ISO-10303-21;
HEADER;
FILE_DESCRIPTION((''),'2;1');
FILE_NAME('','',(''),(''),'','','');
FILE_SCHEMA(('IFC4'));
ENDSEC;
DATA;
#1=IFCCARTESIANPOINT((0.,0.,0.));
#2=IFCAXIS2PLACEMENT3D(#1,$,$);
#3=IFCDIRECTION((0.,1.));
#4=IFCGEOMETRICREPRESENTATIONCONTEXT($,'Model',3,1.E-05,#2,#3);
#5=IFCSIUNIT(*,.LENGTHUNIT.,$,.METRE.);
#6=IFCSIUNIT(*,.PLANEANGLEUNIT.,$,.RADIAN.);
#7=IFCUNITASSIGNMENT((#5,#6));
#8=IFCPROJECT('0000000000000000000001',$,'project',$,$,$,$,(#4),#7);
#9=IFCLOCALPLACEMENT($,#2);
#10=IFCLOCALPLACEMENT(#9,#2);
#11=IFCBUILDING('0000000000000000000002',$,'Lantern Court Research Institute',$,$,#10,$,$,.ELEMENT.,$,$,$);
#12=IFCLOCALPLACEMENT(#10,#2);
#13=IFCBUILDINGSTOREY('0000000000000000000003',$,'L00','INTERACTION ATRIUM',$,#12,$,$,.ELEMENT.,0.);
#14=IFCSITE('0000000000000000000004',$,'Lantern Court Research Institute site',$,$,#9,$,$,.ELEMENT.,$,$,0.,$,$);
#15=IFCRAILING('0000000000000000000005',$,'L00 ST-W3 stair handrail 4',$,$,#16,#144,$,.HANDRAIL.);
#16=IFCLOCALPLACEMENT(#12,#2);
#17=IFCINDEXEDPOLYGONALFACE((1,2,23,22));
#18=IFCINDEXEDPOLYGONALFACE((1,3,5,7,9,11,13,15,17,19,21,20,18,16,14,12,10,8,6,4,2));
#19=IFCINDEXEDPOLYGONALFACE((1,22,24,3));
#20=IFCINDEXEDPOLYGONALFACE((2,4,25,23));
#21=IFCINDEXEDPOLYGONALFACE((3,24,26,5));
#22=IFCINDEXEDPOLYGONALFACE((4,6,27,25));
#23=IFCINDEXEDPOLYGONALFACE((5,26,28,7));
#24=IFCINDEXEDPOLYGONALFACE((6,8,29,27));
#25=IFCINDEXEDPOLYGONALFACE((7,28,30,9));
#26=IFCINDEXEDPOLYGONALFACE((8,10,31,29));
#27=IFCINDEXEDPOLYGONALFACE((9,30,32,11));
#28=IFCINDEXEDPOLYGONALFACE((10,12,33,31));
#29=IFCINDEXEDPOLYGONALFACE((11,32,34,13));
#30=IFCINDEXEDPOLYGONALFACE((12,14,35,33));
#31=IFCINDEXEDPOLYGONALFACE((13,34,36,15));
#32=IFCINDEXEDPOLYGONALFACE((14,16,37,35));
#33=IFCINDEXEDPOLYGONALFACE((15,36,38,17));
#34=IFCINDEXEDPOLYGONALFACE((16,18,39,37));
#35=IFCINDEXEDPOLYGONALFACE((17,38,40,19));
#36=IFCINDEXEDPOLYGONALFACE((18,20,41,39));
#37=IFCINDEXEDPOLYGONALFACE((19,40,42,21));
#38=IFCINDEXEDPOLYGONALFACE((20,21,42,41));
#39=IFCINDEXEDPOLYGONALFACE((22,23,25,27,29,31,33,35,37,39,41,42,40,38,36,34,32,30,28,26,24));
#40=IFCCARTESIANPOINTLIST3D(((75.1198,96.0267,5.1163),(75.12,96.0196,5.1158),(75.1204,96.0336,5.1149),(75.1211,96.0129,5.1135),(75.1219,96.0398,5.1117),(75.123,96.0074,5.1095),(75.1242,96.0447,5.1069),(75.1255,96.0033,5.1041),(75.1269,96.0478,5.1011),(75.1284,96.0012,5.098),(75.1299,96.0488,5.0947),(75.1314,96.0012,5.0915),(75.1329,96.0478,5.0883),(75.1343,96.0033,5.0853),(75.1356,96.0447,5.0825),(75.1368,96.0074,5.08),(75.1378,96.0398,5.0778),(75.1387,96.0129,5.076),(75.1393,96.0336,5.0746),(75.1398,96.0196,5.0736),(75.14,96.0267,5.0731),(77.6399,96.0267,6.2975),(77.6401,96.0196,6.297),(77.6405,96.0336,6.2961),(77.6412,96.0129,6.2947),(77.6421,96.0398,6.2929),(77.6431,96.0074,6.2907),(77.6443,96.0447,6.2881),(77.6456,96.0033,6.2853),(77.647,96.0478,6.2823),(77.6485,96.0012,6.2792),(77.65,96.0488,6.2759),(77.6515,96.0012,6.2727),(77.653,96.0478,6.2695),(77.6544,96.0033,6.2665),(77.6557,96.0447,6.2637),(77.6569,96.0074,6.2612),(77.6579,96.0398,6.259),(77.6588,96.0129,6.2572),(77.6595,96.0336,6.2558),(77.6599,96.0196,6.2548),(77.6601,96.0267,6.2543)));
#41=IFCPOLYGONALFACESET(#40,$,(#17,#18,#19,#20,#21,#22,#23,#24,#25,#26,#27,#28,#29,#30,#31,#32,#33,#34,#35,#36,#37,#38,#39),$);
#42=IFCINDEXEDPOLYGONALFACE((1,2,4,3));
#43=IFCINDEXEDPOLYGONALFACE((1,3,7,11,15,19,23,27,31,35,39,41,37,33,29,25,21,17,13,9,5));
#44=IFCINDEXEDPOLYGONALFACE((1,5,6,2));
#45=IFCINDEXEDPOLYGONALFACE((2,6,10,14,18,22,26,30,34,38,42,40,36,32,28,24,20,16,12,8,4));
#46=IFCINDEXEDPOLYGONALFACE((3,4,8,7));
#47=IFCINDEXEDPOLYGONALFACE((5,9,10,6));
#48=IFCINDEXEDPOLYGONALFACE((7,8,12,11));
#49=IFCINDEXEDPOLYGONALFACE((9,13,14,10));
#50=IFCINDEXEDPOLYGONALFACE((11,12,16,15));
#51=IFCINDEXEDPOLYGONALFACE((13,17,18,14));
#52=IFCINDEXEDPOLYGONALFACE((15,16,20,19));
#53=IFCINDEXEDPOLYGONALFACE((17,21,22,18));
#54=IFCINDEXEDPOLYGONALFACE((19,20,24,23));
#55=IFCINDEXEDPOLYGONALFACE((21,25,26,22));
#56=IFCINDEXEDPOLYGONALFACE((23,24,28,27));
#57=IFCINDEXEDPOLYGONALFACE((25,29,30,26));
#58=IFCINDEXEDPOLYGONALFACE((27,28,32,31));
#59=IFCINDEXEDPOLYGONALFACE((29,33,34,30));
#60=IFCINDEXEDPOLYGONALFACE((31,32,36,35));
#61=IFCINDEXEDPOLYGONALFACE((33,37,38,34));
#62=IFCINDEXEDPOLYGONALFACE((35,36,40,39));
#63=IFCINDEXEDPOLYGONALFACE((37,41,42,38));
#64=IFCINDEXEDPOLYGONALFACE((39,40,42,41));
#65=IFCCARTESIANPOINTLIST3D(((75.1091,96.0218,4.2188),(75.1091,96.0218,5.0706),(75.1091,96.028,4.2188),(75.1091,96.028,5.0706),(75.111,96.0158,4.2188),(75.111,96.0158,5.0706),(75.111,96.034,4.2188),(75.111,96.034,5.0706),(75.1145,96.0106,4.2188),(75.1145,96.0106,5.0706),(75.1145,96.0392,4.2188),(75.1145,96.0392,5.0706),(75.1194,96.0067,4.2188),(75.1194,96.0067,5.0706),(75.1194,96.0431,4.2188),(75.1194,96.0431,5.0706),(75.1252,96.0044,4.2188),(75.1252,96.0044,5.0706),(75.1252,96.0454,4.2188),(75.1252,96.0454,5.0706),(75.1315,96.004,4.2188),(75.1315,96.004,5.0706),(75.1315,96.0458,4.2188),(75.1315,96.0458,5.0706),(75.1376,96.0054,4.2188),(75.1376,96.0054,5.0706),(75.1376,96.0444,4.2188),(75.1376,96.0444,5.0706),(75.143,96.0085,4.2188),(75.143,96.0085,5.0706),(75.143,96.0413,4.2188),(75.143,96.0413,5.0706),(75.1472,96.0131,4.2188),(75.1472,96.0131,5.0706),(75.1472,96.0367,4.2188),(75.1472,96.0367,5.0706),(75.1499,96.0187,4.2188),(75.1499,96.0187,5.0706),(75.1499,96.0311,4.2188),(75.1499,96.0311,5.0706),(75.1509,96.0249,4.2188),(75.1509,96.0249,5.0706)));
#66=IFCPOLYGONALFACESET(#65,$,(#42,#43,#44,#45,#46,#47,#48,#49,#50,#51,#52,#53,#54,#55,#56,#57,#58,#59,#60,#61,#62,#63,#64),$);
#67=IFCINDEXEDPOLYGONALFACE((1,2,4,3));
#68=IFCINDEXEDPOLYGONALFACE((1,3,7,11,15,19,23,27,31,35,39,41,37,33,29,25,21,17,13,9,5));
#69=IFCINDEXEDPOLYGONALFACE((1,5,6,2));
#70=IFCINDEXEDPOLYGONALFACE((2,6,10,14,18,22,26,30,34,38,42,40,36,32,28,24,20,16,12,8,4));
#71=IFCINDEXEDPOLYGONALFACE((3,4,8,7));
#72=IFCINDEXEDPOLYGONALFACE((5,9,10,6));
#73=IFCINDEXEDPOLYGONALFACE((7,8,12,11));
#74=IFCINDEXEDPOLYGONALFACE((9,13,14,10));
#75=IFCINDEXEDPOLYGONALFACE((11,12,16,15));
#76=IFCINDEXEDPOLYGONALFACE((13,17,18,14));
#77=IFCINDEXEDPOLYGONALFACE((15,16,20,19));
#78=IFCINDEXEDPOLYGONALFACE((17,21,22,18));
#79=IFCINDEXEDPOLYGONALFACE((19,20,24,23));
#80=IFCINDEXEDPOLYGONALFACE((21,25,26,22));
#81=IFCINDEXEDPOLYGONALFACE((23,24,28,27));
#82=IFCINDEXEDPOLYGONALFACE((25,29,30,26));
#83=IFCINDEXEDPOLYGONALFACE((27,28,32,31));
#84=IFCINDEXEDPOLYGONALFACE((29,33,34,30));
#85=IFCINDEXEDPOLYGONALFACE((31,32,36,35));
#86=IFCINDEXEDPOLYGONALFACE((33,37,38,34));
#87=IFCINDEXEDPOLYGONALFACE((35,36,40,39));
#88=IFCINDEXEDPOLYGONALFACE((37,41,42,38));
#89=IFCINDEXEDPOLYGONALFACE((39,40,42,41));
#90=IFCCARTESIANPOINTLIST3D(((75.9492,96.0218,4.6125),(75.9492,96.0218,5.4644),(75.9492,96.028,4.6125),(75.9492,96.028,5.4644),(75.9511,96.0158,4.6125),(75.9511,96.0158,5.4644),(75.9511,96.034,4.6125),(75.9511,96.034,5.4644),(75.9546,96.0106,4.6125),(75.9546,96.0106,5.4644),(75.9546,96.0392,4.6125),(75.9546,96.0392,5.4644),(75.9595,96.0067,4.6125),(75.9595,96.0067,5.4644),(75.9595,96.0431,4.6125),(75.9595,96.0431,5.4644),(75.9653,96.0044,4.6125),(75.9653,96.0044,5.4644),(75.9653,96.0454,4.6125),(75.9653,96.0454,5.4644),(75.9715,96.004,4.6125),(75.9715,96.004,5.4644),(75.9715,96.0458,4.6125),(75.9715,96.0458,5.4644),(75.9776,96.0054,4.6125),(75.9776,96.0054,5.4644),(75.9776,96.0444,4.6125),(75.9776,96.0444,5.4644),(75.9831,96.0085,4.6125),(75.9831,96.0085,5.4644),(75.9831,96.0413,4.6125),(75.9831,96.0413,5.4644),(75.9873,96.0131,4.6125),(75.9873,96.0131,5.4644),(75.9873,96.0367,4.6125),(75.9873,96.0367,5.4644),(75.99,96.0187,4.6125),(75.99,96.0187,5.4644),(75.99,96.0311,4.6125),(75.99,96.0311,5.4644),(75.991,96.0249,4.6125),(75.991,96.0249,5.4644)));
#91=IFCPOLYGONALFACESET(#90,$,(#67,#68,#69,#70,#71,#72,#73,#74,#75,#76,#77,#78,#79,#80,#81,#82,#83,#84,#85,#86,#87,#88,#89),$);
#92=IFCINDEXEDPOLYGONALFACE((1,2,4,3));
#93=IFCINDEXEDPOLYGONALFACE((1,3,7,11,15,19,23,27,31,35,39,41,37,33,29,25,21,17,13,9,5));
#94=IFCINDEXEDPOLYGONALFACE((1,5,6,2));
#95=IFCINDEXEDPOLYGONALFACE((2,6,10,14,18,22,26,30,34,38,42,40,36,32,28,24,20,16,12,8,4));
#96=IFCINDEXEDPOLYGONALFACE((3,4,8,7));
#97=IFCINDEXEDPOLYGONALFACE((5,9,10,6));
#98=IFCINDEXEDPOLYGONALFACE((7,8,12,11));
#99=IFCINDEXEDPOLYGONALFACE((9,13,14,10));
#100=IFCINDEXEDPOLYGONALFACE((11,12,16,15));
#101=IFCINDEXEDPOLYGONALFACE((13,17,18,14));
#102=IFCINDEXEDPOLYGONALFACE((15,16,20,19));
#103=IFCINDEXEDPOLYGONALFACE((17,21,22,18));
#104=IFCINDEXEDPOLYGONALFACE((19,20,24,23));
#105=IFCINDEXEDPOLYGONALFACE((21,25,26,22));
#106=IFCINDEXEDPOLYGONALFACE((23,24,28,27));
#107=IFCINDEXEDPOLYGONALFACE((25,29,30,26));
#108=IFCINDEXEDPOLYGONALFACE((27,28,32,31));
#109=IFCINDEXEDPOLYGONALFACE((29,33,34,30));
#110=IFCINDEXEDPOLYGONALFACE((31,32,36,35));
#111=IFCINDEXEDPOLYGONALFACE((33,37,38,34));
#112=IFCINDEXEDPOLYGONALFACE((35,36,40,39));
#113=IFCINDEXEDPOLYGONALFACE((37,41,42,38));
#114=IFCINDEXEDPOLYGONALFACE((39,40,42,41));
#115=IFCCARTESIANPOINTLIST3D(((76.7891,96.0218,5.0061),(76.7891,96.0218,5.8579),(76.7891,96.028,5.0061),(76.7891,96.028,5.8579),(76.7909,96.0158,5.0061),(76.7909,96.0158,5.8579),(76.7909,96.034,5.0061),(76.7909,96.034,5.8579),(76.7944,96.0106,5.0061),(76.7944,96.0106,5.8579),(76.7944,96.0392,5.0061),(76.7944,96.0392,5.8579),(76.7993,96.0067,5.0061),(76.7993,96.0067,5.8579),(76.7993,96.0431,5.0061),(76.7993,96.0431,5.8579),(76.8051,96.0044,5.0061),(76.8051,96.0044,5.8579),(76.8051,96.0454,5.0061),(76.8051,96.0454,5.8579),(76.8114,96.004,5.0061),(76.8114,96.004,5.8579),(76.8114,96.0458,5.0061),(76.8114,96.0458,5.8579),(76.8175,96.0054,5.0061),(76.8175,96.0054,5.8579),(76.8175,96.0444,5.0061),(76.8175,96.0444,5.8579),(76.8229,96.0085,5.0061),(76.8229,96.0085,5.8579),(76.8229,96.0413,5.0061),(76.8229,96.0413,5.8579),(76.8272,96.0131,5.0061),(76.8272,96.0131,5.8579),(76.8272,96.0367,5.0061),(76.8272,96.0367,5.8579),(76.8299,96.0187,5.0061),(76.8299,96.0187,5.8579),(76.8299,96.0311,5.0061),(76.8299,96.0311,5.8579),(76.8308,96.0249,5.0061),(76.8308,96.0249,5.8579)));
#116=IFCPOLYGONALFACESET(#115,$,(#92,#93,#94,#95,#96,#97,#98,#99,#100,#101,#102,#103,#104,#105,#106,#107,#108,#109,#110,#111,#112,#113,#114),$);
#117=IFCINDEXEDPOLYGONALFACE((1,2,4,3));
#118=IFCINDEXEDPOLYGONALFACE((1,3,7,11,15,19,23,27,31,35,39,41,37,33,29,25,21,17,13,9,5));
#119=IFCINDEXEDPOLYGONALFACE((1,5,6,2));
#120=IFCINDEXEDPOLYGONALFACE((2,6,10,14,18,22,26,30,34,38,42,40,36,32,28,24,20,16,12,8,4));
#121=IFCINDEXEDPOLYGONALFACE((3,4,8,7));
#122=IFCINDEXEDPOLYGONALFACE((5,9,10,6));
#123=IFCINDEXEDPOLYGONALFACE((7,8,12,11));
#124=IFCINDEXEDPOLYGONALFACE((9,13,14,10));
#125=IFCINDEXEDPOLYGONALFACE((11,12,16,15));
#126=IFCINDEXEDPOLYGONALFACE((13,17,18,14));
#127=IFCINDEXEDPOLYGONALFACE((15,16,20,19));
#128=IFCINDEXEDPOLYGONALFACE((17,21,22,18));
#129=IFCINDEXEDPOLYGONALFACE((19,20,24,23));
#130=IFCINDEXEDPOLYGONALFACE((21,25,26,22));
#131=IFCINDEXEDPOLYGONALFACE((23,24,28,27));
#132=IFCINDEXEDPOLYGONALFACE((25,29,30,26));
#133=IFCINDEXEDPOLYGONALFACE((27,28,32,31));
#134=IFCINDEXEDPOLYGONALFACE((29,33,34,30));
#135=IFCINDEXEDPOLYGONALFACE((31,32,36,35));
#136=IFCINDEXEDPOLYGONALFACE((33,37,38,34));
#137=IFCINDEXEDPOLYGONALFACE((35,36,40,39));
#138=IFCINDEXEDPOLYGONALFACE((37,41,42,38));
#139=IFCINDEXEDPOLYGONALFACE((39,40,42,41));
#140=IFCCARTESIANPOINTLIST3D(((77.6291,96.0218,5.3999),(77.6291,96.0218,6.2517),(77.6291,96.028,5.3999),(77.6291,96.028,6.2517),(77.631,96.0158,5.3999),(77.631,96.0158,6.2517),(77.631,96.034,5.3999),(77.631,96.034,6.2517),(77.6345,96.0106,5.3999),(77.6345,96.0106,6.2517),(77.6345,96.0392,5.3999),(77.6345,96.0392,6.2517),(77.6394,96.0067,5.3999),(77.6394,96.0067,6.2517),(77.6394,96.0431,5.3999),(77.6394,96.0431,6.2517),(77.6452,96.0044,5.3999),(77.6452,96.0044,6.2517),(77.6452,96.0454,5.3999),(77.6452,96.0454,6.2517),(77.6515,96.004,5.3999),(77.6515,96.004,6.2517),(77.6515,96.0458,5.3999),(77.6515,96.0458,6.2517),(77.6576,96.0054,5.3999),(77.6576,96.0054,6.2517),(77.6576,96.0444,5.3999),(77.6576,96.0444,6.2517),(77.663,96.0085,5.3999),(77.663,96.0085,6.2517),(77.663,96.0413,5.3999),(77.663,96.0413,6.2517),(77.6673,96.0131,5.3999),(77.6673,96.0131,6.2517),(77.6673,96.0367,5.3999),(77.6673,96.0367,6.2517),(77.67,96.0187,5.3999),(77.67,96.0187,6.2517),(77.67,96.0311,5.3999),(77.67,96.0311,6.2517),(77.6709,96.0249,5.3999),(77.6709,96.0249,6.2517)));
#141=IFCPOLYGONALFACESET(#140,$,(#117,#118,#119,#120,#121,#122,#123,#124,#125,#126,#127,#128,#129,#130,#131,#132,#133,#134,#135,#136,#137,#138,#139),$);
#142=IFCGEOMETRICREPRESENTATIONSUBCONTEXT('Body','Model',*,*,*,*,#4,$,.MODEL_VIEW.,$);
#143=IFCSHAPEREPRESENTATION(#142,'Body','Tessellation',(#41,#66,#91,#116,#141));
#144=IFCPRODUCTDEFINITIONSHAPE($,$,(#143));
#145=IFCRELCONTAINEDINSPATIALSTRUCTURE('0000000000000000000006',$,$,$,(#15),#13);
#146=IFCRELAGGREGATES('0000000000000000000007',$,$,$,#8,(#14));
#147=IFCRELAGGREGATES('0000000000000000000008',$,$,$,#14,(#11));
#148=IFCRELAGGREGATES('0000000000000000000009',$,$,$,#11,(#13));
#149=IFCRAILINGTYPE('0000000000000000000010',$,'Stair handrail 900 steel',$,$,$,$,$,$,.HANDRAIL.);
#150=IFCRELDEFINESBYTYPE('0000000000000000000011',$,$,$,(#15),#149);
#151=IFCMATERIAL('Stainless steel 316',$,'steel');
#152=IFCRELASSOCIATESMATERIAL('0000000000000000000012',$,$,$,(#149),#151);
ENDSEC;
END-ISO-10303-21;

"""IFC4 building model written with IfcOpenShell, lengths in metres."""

from ifc_helpers import new_model, si_unit, direction, frame, origin, origin_2d, place, context, subcontext, project, spatial, circle, extrude, material, type_object, element, save


model = new_model("IFC4")

# Units and contexts
model_context = context("Model", 3, precision=1e-05, world=origin(), true_north=direction((0.0, 1.0)))
body_context = subcontext(model_context, "Body", "Model", "MODEL_VIEW")
ifc_project = project(units=[si_unit("LENGTHUNIT", "METRE"), si_unit("PLANEANGLEUNIT", "RADIAN")], contexts=[model_context])

# Site, building, storey
site_placement = place(None, origin())
site = spatial("IfcSite", under=ifc_project, at=site_placement, Name="Lantern Court Research Institute site", CompositionType="ELEMENT", RefElevation=0.0)
building_placement = place(site_placement, origin())
building = spatial("IfcBuilding", under=site, at=building_placement, Name="Lantern Court Research Institute", CompositionType="ELEMENT")
storey_placement = place(building_placement, origin())
storey = spatial("IfcBuildingStorey", under=building, at=storey_placement, Name="L00", Description="INTERACTION ATRIUM", CompositionType="ELEMENT", Elevation=0.0)

# Railing
ifc_material_1 = material(Name="Stainless steel 316", Category="steel")
railing_type_1 = type_object("IfcRailingType", Name="Stair handrail 900 steel", PredefinedType="HANDRAIL", material=ifc_material_1)
railing_1_placement = place(storey_placement, frame((75.1299, 96.0249, 4.2188)))
element("IfcRailing", 1, at=railing_1_placement, inside=storey, type_object=railing_type_1, Name="L00 ST-W3 stair handrail 4", PredefinedType="HANDRAIL", context=body_context, shape_type="SweptSolid", body=[
    extrude(circle(Radius=0.0239, at=origin_2d()), frame((0.0, 0.0, 0.876), z_axis=(0.905474, 0.0, 0.424402), x_axis=(0.0, 1.0, 0.0)), (0.0, 0.0, 1.0), 2.7832),
    extrude(circle(Radius=0.021, at=origin_2d()), origin(), (0.0, 0.0, 1.0), 0.8518),
    extrude(circle(Radius=0.021, at=origin_2d()), frame((0.8401, 0.0, 0.3938)), (0.0, 0.0, 1.0), 0.8518),
    extrude(circle(Radius=0.021, at=origin_2d()), frame((1.6799, 0.0, 0.7874)), (0.0, 0.0, 1.0), 0.8518),
    extrude(circle(Radius=0.021, at=origin_2d()), frame((2.52, 0.0, 1.1812)), (0.0, 0.0, 1.0), 0.8518),
])

save(model, "model.ifc")
